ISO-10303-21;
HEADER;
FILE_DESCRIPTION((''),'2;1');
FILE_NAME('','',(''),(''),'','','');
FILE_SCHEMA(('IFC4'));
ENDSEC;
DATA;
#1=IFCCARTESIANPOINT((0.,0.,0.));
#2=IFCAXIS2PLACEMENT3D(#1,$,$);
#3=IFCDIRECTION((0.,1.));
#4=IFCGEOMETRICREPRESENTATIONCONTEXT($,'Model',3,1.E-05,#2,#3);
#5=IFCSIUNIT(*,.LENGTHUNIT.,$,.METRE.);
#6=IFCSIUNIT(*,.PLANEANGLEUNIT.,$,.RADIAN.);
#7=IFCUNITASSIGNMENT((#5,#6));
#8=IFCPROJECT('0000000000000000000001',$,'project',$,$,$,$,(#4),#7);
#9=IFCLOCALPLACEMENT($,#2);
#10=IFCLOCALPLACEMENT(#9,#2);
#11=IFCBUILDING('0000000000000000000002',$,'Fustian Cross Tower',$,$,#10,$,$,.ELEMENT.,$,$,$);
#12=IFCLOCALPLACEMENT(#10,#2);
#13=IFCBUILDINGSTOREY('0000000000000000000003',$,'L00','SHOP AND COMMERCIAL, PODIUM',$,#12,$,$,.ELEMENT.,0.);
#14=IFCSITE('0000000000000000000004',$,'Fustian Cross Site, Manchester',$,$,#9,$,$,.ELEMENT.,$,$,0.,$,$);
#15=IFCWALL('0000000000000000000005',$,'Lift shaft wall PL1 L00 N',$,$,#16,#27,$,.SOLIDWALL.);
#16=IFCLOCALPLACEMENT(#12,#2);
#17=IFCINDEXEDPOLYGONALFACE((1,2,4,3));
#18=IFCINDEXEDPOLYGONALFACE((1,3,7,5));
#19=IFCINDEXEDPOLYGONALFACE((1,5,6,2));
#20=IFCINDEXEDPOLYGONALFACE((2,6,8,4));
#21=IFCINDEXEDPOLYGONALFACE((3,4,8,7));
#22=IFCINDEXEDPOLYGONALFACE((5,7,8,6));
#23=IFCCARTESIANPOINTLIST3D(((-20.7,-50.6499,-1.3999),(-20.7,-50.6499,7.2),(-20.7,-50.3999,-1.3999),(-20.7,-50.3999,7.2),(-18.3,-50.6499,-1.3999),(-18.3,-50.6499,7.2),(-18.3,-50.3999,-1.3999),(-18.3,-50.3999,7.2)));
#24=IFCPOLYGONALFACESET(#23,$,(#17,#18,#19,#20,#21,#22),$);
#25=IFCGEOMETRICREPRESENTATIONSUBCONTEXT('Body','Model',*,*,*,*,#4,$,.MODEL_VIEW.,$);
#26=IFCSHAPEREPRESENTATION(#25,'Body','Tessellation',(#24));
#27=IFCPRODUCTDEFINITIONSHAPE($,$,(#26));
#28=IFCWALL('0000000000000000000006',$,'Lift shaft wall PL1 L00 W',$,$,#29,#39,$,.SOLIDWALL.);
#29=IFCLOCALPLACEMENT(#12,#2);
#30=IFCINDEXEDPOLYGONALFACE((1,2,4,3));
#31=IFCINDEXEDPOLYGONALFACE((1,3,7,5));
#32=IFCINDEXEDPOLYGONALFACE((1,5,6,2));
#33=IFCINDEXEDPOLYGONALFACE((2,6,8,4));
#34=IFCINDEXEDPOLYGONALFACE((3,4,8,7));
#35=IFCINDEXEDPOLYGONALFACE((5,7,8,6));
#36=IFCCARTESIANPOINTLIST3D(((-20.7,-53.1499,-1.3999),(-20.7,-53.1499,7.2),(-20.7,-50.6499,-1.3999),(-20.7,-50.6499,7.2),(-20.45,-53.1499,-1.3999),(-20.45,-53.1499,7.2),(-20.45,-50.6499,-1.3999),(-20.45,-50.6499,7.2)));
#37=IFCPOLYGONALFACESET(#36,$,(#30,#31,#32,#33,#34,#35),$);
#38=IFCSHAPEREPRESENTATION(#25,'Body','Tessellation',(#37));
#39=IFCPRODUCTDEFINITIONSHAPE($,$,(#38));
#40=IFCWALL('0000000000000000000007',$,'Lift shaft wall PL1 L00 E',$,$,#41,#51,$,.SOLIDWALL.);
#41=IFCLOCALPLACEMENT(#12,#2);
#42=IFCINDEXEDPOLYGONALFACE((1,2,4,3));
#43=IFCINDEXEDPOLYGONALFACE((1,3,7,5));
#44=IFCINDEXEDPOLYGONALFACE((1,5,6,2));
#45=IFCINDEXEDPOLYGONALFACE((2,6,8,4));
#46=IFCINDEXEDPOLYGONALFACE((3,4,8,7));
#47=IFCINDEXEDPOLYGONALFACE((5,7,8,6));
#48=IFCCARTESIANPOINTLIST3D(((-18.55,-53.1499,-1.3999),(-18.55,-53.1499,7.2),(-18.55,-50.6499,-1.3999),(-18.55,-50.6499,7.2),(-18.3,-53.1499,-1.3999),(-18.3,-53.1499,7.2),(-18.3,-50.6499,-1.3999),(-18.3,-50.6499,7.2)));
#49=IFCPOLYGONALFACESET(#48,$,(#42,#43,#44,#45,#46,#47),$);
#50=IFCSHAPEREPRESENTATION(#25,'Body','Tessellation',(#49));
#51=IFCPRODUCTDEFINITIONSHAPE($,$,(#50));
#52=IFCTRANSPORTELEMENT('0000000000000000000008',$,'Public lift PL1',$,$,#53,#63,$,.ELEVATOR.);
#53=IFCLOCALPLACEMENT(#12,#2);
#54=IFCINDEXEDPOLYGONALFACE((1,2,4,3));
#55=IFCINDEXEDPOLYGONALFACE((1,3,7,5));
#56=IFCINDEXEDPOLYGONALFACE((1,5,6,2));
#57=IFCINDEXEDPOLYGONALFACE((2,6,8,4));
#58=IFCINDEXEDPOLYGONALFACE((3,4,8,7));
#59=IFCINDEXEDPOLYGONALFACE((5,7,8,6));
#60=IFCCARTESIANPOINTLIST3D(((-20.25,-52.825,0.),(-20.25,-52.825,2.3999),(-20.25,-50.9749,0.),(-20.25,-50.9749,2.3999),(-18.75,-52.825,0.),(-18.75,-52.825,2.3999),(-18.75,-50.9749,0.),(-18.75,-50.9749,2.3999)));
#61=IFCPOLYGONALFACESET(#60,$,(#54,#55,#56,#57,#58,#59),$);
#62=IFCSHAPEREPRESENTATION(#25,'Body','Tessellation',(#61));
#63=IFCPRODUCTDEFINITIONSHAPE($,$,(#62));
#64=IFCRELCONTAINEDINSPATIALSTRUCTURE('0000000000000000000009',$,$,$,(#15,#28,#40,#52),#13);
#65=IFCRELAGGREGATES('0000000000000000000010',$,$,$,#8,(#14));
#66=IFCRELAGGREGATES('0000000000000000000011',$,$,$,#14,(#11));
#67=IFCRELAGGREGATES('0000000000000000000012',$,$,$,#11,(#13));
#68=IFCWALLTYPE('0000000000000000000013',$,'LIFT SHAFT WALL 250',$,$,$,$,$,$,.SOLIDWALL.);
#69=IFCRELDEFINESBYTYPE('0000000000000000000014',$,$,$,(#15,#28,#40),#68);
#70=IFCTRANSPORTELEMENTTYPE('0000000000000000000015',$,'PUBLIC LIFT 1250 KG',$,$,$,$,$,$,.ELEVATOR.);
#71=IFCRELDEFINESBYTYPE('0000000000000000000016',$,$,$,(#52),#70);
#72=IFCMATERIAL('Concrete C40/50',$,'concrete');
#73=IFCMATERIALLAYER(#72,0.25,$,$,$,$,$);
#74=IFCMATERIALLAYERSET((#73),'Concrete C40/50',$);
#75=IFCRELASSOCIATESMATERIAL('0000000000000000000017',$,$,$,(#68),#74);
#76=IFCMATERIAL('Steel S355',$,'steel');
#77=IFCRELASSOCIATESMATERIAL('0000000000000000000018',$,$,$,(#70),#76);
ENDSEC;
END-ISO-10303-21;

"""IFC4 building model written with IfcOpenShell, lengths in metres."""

from ifc_helpers import new_model, si_unit, direction, frame, frame_2d, origin, origin_2d, place, context, subcontext, project, spatial, rectangle, extrude, material, layer, layer_set, type_object, element, save


model = new_model("IFC4")

# Units and contexts
model_context = context("Model", 3, precision=1e-05, world=origin(), true_north=direction((0.0, 1.0)))
body_context = subcontext(model_context, "Body", "Model", "MODEL_VIEW")
ifc_project = project(units=[si_unit("LENGTHUNIT", "METRE"), si_unit("PLANEANGLEUNIT", "RADIAN")], contexts=[model_context])

# Site, building, storey
site_placement = place(None, origin())
site = spatial("IfcSite", under=ifc_project, at=site_placement, Name="Fustian Cross Site, Manchester", CompositionType="ELEMENT", RefElevation=0.0)
building_placement = place(site_placement, origin())
building = spatial("IfcBuilding", under=site, at=building_placement, Name="Fustian Cross Tower", CompositionType="ELEMENT")
storey_placement = place(building_placement, origin())
storey = spatial("IfcBuildingStorey", under=building, at=storey_placement, Name="L00", Description="SHOP AND COMMERCIAL, PODIUM", CompositionType="ELEMENT", Elevation=0.0)

# Shared definitions
ifc_material_1 = material(Name="Concrete C40/50", Category="concrete")
ifc_layer_1 = layer(ifc_material_1, 0.25)
ifc_layer_set_1 = layer_set([ifc_layer_1], Name="Concrete C40/50")
wall_type_1 = type_object("IfcWallType", Name="LIFT SHAFT WALL 250", PredefinedType="SOLIDWALL", material=ifc_layer_set_1)

# Walls
wall_1_placement = place(storey_placement, frame((-20.7, -50.5249, -1.3999), z_axis=(0.0, 0.0, 1.0), x_axis=(1.0, 0.0, 0.0)))
element("IfcWall", 1, at=wall_1_placement, inside=storey, type_object=wall_type_1, Name="Lift shaft wall PL1 L00 N", PredefinedType="SOLIDWALL", context=body_context, shape_type="SweptSolid", body=[
    extrude(rectangle(XDim=2.3999, YDim=0.25, at=frame_2d((1.2, 0.0))), origin(), (0.0, 0.0, 1.0), 8.5999),
])
for number, where, z_axis, x_axis, name in (
    (2, (-20.575, -53.1499, -1.3999), (0.0, 0.0, 1.0), (0.0, 1.0, 0.0), "Lift shaft wall PL1 L00 W"),
    (3, (-18.425, -53.1499, -1.3999), (0.0, 0.0, 1.0), (0.0, 1.0, 0.0), "Lift shaft wall PL1 L00 E"),
):
    element("IfcWall", number, at=place(storey_placement, frame(where, z_axis=z_axis, x_axis=x_axis)), inside=storey, type_object=wall_type_1, Name=name, PredefinedType="SOLIDWALL", context=body_context, shape_type="SweptSolid", body=[
        extrude(rectangle(XDim=2.5, YDim=0.25, at=frame_2d((1.25, 0.0))), origin(), (0.0, 0.0, 1.0), 8.5999),
    ])

# Transport element
ifc_material_2 = material(Name="Steel S355", Category="steel")
transport_element_type = type_object("IfcTransportElementType", Name="PUBLIC LIFT 1250 KG", PredefinedType="ELEVATOR", material=ifc_material_2)
transport_element_placement = place(storey_placement, frame((-19.5, -51.8999, 0.0), z_axis=(0.0, 0.0, 1.0), x_axis=(1.0, 0.0, 0.0)))
element("IfcTransportElement", 4, at=transport_element_placement, inside=storey, type_object=transport_element_type, Name="Public lift PL1", PredefinedType="ELEVATOR", context=body_context, shape_type="SweptSolid", body=[
    extrude(rectangle(XDim=1.5, YDim=1.8501, at=origin_2d()), origin(), (0.0, 0.0, 1.0), 2.3999),
])

save(model, "model.ifc")
